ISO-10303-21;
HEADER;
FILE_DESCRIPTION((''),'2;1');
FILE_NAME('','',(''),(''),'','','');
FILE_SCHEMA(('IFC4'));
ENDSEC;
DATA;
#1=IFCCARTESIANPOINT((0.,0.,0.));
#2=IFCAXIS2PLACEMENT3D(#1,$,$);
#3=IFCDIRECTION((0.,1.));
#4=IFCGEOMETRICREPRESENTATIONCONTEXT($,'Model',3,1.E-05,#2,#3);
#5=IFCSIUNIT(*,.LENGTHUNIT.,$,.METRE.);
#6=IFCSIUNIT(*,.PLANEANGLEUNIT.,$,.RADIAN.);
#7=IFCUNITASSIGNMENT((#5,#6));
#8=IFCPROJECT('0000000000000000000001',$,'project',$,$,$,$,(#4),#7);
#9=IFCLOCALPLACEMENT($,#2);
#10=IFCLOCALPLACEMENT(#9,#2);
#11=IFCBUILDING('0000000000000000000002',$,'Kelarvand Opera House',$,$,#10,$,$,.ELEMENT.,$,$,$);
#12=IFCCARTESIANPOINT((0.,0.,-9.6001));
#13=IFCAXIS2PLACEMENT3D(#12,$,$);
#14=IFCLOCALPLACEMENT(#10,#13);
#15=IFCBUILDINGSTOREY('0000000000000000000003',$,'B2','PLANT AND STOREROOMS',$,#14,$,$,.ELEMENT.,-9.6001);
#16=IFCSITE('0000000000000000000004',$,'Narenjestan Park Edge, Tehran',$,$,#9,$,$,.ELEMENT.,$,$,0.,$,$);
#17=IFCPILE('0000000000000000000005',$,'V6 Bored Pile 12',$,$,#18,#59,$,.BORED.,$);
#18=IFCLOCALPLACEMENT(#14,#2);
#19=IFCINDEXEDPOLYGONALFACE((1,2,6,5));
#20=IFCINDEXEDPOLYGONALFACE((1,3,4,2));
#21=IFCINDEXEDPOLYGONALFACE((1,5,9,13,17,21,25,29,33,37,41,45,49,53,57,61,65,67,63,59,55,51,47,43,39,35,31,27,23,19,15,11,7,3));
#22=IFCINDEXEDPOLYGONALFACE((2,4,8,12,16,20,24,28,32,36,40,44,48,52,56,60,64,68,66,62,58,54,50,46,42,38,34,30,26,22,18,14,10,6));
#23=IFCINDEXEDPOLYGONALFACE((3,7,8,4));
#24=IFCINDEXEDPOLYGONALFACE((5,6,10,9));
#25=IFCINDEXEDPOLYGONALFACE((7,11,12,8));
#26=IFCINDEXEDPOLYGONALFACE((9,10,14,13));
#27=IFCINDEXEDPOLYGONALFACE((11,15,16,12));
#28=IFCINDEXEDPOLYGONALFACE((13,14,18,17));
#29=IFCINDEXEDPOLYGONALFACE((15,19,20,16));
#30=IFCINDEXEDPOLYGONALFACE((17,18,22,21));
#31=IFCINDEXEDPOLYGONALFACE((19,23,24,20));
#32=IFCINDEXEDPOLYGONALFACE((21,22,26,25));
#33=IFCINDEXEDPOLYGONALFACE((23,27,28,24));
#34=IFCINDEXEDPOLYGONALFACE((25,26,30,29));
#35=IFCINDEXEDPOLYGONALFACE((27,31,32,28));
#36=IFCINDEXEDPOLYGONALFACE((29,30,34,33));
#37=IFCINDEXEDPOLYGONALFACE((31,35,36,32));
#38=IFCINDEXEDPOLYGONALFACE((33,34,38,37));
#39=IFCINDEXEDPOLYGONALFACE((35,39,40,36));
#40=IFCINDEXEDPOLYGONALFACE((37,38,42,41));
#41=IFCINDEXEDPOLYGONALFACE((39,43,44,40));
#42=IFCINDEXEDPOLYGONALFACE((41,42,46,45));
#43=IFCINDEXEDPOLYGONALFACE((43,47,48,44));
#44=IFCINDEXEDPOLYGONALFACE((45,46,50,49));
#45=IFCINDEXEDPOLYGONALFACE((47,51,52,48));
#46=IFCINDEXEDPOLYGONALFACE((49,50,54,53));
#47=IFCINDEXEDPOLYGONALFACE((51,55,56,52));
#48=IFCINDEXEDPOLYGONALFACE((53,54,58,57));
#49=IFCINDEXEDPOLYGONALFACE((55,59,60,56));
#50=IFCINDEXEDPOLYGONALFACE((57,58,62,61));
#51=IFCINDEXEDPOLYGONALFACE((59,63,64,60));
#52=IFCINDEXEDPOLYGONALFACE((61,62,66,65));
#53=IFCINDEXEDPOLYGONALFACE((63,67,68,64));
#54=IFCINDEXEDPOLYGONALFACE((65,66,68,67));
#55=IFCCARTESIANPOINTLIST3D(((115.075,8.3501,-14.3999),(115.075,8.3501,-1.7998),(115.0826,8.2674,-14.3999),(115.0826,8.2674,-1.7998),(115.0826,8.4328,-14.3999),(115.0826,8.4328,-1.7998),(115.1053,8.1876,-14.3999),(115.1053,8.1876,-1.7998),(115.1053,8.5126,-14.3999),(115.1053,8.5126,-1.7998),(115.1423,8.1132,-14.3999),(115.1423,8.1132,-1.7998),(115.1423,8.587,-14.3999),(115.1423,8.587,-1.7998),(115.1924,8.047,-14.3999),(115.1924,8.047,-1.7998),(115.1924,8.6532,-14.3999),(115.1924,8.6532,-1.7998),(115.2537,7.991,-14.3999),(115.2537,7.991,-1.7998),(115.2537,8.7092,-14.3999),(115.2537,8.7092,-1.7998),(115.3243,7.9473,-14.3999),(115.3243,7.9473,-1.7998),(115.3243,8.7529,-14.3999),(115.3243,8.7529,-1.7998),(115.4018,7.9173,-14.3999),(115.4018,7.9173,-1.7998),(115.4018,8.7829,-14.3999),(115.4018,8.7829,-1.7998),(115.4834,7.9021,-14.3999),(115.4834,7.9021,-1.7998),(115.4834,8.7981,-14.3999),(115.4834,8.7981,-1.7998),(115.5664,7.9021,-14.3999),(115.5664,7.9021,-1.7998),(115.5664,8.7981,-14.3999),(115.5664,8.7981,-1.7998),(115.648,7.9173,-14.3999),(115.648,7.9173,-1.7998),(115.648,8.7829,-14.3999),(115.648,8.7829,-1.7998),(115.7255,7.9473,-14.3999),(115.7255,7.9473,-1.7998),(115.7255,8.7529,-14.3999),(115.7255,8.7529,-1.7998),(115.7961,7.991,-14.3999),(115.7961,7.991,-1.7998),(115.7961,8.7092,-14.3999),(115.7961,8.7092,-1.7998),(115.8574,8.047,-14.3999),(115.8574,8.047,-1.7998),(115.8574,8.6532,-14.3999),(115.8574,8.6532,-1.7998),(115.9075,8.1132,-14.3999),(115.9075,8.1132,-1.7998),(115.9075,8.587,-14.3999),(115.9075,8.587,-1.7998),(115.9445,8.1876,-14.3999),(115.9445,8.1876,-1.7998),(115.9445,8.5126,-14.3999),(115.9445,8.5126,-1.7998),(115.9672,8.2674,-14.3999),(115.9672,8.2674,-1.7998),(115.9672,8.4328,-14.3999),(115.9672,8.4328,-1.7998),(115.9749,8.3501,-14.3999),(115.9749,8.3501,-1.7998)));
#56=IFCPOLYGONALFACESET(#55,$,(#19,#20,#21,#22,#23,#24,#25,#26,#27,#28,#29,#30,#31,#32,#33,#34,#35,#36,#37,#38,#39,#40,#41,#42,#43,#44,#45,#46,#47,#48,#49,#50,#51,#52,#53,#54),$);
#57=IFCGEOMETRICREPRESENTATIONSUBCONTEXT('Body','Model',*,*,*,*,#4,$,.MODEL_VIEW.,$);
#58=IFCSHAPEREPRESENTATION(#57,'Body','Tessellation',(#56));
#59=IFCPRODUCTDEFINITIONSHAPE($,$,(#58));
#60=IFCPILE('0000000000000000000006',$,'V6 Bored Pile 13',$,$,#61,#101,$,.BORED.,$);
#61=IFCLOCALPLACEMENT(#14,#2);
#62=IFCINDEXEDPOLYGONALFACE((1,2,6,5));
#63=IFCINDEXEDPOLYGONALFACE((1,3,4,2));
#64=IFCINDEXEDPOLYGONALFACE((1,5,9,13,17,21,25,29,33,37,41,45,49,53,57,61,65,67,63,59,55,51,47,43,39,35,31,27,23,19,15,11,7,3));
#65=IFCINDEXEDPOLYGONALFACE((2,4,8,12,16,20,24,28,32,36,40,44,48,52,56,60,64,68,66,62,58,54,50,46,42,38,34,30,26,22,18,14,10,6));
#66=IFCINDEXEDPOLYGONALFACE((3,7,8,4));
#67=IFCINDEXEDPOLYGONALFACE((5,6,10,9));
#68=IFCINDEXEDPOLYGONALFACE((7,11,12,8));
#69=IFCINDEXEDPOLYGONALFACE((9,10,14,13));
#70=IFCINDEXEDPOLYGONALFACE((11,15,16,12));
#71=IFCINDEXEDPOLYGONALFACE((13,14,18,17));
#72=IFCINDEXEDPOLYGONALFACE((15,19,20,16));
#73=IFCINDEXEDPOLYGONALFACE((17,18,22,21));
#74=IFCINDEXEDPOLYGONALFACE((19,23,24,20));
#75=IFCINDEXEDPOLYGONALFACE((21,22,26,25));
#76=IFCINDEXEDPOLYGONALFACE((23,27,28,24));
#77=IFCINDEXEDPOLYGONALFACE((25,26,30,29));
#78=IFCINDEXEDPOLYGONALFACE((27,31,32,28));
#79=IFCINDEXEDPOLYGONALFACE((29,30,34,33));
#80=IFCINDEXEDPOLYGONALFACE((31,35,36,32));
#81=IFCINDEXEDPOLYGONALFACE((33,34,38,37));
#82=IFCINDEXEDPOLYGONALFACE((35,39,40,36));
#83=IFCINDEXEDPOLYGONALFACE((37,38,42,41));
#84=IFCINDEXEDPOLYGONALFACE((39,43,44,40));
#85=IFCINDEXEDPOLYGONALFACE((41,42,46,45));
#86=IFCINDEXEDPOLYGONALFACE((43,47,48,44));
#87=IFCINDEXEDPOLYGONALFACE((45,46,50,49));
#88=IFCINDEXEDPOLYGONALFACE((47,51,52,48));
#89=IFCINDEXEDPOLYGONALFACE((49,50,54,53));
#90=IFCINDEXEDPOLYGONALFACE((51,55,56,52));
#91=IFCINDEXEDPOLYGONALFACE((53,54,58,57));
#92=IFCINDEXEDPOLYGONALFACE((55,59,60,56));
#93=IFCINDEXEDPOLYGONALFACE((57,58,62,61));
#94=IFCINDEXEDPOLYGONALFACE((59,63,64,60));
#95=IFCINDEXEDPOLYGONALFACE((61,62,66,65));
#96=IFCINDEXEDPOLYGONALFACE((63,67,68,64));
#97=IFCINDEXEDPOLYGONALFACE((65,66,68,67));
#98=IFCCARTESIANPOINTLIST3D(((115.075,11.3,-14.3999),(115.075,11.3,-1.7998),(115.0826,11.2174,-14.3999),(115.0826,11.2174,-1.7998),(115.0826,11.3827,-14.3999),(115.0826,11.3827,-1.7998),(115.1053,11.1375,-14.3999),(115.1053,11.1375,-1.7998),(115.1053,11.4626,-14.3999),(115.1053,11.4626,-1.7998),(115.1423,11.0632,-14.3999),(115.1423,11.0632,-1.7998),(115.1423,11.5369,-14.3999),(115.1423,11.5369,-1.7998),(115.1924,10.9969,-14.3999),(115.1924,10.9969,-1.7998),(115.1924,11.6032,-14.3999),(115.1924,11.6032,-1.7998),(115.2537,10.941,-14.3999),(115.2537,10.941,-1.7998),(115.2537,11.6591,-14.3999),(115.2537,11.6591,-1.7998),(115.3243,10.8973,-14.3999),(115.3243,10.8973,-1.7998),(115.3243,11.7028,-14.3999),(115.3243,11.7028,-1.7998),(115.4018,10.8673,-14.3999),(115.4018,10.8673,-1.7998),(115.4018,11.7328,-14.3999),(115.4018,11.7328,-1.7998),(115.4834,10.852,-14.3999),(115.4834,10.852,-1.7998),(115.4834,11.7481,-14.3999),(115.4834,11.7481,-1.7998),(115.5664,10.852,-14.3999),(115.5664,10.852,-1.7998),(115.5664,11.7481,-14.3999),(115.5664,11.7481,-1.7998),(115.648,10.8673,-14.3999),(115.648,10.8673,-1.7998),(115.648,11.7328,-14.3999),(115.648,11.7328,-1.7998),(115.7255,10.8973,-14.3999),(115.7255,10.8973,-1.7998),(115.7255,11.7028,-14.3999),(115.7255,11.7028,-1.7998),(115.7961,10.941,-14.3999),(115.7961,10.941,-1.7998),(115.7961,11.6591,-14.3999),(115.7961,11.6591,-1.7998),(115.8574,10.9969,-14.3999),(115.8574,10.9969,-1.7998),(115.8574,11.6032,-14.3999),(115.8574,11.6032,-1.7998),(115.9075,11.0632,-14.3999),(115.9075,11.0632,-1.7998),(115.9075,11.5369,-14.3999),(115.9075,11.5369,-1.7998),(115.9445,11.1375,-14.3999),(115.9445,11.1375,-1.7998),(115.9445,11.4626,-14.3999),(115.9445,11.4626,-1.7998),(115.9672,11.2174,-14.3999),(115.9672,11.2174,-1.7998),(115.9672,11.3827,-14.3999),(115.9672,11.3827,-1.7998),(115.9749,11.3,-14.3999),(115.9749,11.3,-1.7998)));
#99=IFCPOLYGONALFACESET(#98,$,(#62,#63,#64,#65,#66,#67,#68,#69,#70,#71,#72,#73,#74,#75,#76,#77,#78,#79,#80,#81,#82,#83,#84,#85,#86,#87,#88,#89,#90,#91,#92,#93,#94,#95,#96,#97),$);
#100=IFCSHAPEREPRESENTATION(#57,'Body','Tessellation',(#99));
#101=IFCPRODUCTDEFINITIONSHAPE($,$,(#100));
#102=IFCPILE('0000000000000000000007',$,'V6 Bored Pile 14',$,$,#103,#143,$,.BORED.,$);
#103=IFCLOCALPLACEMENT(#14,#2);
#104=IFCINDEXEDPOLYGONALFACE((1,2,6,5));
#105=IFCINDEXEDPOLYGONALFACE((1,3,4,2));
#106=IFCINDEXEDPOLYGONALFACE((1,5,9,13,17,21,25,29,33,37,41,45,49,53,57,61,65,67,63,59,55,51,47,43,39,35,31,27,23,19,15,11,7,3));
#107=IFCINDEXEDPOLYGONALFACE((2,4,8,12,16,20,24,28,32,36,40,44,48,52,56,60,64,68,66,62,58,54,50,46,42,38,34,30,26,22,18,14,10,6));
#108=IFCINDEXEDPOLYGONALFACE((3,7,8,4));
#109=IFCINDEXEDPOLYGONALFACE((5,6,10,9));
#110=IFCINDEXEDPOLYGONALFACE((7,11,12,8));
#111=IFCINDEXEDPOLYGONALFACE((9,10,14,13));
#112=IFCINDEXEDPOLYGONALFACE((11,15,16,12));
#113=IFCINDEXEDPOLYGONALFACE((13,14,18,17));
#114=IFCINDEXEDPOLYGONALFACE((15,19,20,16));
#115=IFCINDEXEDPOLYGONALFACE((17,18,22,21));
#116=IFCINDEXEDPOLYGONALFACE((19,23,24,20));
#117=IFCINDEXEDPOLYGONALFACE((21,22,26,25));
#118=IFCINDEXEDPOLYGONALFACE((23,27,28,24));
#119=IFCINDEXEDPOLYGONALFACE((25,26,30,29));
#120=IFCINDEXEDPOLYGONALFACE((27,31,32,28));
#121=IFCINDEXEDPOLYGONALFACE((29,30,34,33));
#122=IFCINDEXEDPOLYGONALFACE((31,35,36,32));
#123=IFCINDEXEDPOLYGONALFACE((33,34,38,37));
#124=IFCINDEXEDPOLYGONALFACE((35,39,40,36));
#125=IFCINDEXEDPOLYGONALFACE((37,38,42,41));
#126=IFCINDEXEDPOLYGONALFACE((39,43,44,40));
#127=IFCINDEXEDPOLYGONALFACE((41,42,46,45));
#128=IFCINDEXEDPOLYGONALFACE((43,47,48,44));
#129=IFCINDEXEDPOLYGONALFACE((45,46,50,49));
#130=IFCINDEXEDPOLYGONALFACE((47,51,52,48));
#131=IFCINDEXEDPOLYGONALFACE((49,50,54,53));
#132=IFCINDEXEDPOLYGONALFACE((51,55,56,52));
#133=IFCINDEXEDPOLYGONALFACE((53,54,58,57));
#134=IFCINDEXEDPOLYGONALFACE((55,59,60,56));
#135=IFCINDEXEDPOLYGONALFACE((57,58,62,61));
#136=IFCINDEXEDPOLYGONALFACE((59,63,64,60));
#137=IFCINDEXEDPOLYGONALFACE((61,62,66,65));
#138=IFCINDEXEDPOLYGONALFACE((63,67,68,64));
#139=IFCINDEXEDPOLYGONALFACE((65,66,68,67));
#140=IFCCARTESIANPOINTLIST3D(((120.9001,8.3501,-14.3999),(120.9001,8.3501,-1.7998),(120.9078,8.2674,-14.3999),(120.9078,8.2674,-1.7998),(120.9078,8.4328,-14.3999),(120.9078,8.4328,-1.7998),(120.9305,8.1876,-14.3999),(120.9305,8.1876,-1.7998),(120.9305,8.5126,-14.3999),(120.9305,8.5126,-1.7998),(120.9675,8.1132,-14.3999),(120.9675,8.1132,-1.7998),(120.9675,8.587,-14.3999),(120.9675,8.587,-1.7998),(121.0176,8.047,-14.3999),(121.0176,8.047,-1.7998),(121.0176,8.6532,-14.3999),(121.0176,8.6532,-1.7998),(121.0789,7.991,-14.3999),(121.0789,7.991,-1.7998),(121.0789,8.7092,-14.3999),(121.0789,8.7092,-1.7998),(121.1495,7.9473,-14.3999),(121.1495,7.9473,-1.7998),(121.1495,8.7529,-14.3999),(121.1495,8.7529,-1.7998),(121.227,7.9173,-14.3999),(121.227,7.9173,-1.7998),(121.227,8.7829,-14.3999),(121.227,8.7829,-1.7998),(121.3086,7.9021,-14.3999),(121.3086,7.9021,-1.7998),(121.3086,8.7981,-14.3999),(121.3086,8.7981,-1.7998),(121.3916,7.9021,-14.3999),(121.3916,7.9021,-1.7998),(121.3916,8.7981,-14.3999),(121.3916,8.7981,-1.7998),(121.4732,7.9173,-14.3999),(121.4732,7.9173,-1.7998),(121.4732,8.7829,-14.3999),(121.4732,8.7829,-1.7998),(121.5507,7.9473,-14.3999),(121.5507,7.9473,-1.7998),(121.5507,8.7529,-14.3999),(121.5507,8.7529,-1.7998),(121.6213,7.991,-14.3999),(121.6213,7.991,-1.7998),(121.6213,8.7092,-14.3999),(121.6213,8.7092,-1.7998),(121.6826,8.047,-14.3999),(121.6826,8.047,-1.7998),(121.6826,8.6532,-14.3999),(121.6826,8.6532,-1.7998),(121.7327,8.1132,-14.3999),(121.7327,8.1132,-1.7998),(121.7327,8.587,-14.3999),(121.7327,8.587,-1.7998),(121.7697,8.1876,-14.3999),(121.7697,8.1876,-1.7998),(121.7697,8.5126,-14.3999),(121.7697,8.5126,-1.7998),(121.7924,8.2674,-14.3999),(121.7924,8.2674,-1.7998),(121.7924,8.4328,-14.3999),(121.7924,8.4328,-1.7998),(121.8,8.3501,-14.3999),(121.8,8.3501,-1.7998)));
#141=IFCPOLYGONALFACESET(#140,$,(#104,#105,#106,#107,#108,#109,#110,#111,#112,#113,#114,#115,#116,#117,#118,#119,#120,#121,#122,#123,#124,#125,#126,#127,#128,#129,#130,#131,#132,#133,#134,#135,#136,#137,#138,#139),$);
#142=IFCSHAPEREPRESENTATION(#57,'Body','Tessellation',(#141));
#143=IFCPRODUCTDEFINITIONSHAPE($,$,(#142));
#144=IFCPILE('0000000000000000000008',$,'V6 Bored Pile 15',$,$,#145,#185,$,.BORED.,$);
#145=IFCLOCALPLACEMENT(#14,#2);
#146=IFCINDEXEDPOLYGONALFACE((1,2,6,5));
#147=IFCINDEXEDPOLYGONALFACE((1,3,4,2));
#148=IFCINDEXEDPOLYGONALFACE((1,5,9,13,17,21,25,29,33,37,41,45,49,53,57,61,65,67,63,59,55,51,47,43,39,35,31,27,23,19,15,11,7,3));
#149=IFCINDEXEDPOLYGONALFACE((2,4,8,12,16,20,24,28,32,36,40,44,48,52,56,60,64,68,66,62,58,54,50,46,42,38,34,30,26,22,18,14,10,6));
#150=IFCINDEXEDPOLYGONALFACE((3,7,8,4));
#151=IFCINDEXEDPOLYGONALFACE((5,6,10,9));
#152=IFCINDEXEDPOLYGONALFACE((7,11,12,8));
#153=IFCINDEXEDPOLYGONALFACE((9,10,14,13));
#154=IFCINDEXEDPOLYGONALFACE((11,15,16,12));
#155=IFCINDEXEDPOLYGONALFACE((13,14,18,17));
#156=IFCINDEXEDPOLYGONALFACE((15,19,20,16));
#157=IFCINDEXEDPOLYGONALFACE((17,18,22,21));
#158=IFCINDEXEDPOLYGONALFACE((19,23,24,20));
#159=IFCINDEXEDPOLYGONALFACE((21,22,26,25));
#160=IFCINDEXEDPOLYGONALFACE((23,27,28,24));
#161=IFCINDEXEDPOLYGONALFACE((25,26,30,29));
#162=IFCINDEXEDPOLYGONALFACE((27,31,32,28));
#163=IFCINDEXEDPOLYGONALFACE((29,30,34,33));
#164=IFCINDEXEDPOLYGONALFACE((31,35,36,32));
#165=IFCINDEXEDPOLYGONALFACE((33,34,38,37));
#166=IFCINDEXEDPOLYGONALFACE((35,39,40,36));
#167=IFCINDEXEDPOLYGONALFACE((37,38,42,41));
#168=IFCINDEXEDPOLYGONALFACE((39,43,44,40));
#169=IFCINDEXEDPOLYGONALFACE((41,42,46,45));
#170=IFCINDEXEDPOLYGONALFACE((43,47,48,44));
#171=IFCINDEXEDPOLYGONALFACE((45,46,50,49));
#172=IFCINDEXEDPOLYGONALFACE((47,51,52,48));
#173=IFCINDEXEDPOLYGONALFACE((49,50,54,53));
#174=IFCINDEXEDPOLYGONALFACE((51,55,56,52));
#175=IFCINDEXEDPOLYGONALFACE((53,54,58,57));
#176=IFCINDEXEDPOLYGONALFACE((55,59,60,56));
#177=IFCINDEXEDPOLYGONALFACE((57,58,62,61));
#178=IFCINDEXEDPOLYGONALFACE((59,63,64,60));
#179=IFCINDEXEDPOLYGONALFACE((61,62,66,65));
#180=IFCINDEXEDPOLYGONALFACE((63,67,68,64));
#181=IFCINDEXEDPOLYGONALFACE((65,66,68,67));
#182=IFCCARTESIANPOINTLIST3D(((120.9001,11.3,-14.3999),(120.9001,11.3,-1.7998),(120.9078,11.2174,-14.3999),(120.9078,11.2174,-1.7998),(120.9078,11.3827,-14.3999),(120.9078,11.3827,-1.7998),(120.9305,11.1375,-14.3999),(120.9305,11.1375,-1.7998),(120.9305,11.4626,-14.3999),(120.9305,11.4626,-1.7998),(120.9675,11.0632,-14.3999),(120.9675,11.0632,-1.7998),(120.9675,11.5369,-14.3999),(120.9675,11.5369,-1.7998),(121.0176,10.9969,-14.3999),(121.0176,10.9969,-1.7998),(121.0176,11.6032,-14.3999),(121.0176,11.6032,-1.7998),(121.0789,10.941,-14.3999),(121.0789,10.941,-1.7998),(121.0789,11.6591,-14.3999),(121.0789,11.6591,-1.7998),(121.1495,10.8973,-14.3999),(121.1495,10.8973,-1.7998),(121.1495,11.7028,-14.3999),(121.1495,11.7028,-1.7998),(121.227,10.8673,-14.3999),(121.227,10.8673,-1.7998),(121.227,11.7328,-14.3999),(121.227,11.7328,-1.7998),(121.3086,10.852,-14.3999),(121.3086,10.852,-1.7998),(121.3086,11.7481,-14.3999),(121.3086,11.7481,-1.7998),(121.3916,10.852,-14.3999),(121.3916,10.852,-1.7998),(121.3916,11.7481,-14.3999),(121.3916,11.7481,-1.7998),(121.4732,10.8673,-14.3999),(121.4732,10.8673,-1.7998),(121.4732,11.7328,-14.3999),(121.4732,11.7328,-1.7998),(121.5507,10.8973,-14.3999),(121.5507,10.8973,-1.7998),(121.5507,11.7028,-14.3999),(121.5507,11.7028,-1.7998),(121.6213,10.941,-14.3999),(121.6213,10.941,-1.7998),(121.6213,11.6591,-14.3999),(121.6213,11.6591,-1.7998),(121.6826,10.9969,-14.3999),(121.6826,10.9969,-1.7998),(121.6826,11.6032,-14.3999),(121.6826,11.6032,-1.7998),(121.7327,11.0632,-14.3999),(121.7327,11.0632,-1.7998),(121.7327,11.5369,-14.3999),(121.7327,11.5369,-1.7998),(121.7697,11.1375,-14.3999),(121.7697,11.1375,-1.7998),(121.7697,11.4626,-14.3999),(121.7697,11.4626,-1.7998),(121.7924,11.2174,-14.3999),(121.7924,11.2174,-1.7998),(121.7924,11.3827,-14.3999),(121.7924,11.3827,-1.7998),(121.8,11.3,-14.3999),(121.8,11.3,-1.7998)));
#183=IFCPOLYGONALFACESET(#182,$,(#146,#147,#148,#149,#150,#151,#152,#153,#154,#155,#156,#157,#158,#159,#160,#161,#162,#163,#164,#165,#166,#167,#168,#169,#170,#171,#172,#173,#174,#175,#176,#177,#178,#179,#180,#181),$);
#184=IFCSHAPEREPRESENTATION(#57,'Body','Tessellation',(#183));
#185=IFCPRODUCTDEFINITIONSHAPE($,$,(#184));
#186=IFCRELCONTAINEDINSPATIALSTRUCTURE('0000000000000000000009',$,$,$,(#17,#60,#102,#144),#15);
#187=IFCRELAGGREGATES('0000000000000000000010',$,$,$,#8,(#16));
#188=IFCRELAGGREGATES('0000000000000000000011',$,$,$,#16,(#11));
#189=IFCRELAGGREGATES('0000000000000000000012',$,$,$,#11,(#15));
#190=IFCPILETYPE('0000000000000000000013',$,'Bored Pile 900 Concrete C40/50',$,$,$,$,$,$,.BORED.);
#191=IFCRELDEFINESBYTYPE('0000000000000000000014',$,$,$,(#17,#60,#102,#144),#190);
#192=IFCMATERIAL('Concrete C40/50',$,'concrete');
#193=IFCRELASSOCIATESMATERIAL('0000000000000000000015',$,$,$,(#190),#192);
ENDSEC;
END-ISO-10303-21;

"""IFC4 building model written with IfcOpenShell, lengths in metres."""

from ifc_helpers import new_model, si_unit, direction, frame, origin, origin_2d, place, context, subcontext, project, spatial, circle, extrude, material, material_profile, profile_set, type_object, element, save


model = new_model("IFC4")

# Units and contexts
model_context = context("Model", 3, precision=1e-05, world=origin(), true_north=direction((0.0, 1.0)))
body_context = subcontext(model_context, "Body", "Model", "MODEL_VIEW")
ifc_project = project(units=[si_unit("LENGTHUNIT", "METRE"), si_unit("PLANEANGLEUNIT", "RADIAN")], contexts=[model_context])

# Site, building, storey
site_placement = place(None, origin())
site = spatial("IfcSite", under=ifc_project, at=site_placement, Name="Narenjestan Park Edge, Tehran", CompositionType="ELEMENT", RefElevation=0.0)
building_placement = place(site_placement, origin())
building = spatial("IfcBuilding", under=site, at=building_placement, Name="Kelarvand Opera House", CompositionType="ELEMENT")
storey_placement = place(building_placement, frame((0.0, 0.0, -9.6001)))
storey = spatial("IfcBuildingStorey", under=building, at=storey_placement, Name="B2", Description="PLANT AND STOREROOMS", CompositionType="ELEMENT", Elevation=-9.6001)

# Piles
ifc_material_1 = material(Name="Concrete C40/50", Category="concrete")
ifc_material_profile_1 = material_profile(ifc_material_1, circle(Radius=0.45, at=origin_2d()), Name="BP 900", Category="concrete")
ifc_profile_set_1 = profile_set([ifc_material_profile_1], Name="Concrete C40/50")
pile_type = type_object("IfcPileType", Name="Bored Pile 900 Concrete C40/50", PredefinedType="BORED", material=ifc_profile_set_1)
for number, where, z_axis, x_axis, name in (
    (1, (115.5249, 8.3501, -1.7998), (0.0, 0.0, -1.0), (1.0, 0.0, 0.0), "V6 Bored Pile 12"),
    (2, (115.5249, 11.3, -1.7998), (0.0, 0.0, -1.0), (1.0, 0.0, 0.0), "V6 Bored Pile 13"),
    (3, (121.3501, 8.3501, -1.7998), (0.0, 0.0, -1.0), (1.0, 0.0, 0.0), "V6 Bored Pile 14"),
    (4, (121.3501, 11.3, -1.7998), (0.0, 0.0, -1.0), (1.0, 0.0, 0.0), "V6 Bored Pile 15"),
):
    element("IfcPile", number, at=place(storey_placement, frame(where, z_axis=z_axis, x_axis=x_axis)), inside=storey, type_object=pile_type, Name=name, PredefinedType="BORED", context=body_context, shape_type="SweptSolid", body=[
        extrude(circle(Radius=0.45, at=origin_2d()), origin(), (0.0, 0.0, 1.0), 12.6001),
    ])

save(model, "model.ifc")
